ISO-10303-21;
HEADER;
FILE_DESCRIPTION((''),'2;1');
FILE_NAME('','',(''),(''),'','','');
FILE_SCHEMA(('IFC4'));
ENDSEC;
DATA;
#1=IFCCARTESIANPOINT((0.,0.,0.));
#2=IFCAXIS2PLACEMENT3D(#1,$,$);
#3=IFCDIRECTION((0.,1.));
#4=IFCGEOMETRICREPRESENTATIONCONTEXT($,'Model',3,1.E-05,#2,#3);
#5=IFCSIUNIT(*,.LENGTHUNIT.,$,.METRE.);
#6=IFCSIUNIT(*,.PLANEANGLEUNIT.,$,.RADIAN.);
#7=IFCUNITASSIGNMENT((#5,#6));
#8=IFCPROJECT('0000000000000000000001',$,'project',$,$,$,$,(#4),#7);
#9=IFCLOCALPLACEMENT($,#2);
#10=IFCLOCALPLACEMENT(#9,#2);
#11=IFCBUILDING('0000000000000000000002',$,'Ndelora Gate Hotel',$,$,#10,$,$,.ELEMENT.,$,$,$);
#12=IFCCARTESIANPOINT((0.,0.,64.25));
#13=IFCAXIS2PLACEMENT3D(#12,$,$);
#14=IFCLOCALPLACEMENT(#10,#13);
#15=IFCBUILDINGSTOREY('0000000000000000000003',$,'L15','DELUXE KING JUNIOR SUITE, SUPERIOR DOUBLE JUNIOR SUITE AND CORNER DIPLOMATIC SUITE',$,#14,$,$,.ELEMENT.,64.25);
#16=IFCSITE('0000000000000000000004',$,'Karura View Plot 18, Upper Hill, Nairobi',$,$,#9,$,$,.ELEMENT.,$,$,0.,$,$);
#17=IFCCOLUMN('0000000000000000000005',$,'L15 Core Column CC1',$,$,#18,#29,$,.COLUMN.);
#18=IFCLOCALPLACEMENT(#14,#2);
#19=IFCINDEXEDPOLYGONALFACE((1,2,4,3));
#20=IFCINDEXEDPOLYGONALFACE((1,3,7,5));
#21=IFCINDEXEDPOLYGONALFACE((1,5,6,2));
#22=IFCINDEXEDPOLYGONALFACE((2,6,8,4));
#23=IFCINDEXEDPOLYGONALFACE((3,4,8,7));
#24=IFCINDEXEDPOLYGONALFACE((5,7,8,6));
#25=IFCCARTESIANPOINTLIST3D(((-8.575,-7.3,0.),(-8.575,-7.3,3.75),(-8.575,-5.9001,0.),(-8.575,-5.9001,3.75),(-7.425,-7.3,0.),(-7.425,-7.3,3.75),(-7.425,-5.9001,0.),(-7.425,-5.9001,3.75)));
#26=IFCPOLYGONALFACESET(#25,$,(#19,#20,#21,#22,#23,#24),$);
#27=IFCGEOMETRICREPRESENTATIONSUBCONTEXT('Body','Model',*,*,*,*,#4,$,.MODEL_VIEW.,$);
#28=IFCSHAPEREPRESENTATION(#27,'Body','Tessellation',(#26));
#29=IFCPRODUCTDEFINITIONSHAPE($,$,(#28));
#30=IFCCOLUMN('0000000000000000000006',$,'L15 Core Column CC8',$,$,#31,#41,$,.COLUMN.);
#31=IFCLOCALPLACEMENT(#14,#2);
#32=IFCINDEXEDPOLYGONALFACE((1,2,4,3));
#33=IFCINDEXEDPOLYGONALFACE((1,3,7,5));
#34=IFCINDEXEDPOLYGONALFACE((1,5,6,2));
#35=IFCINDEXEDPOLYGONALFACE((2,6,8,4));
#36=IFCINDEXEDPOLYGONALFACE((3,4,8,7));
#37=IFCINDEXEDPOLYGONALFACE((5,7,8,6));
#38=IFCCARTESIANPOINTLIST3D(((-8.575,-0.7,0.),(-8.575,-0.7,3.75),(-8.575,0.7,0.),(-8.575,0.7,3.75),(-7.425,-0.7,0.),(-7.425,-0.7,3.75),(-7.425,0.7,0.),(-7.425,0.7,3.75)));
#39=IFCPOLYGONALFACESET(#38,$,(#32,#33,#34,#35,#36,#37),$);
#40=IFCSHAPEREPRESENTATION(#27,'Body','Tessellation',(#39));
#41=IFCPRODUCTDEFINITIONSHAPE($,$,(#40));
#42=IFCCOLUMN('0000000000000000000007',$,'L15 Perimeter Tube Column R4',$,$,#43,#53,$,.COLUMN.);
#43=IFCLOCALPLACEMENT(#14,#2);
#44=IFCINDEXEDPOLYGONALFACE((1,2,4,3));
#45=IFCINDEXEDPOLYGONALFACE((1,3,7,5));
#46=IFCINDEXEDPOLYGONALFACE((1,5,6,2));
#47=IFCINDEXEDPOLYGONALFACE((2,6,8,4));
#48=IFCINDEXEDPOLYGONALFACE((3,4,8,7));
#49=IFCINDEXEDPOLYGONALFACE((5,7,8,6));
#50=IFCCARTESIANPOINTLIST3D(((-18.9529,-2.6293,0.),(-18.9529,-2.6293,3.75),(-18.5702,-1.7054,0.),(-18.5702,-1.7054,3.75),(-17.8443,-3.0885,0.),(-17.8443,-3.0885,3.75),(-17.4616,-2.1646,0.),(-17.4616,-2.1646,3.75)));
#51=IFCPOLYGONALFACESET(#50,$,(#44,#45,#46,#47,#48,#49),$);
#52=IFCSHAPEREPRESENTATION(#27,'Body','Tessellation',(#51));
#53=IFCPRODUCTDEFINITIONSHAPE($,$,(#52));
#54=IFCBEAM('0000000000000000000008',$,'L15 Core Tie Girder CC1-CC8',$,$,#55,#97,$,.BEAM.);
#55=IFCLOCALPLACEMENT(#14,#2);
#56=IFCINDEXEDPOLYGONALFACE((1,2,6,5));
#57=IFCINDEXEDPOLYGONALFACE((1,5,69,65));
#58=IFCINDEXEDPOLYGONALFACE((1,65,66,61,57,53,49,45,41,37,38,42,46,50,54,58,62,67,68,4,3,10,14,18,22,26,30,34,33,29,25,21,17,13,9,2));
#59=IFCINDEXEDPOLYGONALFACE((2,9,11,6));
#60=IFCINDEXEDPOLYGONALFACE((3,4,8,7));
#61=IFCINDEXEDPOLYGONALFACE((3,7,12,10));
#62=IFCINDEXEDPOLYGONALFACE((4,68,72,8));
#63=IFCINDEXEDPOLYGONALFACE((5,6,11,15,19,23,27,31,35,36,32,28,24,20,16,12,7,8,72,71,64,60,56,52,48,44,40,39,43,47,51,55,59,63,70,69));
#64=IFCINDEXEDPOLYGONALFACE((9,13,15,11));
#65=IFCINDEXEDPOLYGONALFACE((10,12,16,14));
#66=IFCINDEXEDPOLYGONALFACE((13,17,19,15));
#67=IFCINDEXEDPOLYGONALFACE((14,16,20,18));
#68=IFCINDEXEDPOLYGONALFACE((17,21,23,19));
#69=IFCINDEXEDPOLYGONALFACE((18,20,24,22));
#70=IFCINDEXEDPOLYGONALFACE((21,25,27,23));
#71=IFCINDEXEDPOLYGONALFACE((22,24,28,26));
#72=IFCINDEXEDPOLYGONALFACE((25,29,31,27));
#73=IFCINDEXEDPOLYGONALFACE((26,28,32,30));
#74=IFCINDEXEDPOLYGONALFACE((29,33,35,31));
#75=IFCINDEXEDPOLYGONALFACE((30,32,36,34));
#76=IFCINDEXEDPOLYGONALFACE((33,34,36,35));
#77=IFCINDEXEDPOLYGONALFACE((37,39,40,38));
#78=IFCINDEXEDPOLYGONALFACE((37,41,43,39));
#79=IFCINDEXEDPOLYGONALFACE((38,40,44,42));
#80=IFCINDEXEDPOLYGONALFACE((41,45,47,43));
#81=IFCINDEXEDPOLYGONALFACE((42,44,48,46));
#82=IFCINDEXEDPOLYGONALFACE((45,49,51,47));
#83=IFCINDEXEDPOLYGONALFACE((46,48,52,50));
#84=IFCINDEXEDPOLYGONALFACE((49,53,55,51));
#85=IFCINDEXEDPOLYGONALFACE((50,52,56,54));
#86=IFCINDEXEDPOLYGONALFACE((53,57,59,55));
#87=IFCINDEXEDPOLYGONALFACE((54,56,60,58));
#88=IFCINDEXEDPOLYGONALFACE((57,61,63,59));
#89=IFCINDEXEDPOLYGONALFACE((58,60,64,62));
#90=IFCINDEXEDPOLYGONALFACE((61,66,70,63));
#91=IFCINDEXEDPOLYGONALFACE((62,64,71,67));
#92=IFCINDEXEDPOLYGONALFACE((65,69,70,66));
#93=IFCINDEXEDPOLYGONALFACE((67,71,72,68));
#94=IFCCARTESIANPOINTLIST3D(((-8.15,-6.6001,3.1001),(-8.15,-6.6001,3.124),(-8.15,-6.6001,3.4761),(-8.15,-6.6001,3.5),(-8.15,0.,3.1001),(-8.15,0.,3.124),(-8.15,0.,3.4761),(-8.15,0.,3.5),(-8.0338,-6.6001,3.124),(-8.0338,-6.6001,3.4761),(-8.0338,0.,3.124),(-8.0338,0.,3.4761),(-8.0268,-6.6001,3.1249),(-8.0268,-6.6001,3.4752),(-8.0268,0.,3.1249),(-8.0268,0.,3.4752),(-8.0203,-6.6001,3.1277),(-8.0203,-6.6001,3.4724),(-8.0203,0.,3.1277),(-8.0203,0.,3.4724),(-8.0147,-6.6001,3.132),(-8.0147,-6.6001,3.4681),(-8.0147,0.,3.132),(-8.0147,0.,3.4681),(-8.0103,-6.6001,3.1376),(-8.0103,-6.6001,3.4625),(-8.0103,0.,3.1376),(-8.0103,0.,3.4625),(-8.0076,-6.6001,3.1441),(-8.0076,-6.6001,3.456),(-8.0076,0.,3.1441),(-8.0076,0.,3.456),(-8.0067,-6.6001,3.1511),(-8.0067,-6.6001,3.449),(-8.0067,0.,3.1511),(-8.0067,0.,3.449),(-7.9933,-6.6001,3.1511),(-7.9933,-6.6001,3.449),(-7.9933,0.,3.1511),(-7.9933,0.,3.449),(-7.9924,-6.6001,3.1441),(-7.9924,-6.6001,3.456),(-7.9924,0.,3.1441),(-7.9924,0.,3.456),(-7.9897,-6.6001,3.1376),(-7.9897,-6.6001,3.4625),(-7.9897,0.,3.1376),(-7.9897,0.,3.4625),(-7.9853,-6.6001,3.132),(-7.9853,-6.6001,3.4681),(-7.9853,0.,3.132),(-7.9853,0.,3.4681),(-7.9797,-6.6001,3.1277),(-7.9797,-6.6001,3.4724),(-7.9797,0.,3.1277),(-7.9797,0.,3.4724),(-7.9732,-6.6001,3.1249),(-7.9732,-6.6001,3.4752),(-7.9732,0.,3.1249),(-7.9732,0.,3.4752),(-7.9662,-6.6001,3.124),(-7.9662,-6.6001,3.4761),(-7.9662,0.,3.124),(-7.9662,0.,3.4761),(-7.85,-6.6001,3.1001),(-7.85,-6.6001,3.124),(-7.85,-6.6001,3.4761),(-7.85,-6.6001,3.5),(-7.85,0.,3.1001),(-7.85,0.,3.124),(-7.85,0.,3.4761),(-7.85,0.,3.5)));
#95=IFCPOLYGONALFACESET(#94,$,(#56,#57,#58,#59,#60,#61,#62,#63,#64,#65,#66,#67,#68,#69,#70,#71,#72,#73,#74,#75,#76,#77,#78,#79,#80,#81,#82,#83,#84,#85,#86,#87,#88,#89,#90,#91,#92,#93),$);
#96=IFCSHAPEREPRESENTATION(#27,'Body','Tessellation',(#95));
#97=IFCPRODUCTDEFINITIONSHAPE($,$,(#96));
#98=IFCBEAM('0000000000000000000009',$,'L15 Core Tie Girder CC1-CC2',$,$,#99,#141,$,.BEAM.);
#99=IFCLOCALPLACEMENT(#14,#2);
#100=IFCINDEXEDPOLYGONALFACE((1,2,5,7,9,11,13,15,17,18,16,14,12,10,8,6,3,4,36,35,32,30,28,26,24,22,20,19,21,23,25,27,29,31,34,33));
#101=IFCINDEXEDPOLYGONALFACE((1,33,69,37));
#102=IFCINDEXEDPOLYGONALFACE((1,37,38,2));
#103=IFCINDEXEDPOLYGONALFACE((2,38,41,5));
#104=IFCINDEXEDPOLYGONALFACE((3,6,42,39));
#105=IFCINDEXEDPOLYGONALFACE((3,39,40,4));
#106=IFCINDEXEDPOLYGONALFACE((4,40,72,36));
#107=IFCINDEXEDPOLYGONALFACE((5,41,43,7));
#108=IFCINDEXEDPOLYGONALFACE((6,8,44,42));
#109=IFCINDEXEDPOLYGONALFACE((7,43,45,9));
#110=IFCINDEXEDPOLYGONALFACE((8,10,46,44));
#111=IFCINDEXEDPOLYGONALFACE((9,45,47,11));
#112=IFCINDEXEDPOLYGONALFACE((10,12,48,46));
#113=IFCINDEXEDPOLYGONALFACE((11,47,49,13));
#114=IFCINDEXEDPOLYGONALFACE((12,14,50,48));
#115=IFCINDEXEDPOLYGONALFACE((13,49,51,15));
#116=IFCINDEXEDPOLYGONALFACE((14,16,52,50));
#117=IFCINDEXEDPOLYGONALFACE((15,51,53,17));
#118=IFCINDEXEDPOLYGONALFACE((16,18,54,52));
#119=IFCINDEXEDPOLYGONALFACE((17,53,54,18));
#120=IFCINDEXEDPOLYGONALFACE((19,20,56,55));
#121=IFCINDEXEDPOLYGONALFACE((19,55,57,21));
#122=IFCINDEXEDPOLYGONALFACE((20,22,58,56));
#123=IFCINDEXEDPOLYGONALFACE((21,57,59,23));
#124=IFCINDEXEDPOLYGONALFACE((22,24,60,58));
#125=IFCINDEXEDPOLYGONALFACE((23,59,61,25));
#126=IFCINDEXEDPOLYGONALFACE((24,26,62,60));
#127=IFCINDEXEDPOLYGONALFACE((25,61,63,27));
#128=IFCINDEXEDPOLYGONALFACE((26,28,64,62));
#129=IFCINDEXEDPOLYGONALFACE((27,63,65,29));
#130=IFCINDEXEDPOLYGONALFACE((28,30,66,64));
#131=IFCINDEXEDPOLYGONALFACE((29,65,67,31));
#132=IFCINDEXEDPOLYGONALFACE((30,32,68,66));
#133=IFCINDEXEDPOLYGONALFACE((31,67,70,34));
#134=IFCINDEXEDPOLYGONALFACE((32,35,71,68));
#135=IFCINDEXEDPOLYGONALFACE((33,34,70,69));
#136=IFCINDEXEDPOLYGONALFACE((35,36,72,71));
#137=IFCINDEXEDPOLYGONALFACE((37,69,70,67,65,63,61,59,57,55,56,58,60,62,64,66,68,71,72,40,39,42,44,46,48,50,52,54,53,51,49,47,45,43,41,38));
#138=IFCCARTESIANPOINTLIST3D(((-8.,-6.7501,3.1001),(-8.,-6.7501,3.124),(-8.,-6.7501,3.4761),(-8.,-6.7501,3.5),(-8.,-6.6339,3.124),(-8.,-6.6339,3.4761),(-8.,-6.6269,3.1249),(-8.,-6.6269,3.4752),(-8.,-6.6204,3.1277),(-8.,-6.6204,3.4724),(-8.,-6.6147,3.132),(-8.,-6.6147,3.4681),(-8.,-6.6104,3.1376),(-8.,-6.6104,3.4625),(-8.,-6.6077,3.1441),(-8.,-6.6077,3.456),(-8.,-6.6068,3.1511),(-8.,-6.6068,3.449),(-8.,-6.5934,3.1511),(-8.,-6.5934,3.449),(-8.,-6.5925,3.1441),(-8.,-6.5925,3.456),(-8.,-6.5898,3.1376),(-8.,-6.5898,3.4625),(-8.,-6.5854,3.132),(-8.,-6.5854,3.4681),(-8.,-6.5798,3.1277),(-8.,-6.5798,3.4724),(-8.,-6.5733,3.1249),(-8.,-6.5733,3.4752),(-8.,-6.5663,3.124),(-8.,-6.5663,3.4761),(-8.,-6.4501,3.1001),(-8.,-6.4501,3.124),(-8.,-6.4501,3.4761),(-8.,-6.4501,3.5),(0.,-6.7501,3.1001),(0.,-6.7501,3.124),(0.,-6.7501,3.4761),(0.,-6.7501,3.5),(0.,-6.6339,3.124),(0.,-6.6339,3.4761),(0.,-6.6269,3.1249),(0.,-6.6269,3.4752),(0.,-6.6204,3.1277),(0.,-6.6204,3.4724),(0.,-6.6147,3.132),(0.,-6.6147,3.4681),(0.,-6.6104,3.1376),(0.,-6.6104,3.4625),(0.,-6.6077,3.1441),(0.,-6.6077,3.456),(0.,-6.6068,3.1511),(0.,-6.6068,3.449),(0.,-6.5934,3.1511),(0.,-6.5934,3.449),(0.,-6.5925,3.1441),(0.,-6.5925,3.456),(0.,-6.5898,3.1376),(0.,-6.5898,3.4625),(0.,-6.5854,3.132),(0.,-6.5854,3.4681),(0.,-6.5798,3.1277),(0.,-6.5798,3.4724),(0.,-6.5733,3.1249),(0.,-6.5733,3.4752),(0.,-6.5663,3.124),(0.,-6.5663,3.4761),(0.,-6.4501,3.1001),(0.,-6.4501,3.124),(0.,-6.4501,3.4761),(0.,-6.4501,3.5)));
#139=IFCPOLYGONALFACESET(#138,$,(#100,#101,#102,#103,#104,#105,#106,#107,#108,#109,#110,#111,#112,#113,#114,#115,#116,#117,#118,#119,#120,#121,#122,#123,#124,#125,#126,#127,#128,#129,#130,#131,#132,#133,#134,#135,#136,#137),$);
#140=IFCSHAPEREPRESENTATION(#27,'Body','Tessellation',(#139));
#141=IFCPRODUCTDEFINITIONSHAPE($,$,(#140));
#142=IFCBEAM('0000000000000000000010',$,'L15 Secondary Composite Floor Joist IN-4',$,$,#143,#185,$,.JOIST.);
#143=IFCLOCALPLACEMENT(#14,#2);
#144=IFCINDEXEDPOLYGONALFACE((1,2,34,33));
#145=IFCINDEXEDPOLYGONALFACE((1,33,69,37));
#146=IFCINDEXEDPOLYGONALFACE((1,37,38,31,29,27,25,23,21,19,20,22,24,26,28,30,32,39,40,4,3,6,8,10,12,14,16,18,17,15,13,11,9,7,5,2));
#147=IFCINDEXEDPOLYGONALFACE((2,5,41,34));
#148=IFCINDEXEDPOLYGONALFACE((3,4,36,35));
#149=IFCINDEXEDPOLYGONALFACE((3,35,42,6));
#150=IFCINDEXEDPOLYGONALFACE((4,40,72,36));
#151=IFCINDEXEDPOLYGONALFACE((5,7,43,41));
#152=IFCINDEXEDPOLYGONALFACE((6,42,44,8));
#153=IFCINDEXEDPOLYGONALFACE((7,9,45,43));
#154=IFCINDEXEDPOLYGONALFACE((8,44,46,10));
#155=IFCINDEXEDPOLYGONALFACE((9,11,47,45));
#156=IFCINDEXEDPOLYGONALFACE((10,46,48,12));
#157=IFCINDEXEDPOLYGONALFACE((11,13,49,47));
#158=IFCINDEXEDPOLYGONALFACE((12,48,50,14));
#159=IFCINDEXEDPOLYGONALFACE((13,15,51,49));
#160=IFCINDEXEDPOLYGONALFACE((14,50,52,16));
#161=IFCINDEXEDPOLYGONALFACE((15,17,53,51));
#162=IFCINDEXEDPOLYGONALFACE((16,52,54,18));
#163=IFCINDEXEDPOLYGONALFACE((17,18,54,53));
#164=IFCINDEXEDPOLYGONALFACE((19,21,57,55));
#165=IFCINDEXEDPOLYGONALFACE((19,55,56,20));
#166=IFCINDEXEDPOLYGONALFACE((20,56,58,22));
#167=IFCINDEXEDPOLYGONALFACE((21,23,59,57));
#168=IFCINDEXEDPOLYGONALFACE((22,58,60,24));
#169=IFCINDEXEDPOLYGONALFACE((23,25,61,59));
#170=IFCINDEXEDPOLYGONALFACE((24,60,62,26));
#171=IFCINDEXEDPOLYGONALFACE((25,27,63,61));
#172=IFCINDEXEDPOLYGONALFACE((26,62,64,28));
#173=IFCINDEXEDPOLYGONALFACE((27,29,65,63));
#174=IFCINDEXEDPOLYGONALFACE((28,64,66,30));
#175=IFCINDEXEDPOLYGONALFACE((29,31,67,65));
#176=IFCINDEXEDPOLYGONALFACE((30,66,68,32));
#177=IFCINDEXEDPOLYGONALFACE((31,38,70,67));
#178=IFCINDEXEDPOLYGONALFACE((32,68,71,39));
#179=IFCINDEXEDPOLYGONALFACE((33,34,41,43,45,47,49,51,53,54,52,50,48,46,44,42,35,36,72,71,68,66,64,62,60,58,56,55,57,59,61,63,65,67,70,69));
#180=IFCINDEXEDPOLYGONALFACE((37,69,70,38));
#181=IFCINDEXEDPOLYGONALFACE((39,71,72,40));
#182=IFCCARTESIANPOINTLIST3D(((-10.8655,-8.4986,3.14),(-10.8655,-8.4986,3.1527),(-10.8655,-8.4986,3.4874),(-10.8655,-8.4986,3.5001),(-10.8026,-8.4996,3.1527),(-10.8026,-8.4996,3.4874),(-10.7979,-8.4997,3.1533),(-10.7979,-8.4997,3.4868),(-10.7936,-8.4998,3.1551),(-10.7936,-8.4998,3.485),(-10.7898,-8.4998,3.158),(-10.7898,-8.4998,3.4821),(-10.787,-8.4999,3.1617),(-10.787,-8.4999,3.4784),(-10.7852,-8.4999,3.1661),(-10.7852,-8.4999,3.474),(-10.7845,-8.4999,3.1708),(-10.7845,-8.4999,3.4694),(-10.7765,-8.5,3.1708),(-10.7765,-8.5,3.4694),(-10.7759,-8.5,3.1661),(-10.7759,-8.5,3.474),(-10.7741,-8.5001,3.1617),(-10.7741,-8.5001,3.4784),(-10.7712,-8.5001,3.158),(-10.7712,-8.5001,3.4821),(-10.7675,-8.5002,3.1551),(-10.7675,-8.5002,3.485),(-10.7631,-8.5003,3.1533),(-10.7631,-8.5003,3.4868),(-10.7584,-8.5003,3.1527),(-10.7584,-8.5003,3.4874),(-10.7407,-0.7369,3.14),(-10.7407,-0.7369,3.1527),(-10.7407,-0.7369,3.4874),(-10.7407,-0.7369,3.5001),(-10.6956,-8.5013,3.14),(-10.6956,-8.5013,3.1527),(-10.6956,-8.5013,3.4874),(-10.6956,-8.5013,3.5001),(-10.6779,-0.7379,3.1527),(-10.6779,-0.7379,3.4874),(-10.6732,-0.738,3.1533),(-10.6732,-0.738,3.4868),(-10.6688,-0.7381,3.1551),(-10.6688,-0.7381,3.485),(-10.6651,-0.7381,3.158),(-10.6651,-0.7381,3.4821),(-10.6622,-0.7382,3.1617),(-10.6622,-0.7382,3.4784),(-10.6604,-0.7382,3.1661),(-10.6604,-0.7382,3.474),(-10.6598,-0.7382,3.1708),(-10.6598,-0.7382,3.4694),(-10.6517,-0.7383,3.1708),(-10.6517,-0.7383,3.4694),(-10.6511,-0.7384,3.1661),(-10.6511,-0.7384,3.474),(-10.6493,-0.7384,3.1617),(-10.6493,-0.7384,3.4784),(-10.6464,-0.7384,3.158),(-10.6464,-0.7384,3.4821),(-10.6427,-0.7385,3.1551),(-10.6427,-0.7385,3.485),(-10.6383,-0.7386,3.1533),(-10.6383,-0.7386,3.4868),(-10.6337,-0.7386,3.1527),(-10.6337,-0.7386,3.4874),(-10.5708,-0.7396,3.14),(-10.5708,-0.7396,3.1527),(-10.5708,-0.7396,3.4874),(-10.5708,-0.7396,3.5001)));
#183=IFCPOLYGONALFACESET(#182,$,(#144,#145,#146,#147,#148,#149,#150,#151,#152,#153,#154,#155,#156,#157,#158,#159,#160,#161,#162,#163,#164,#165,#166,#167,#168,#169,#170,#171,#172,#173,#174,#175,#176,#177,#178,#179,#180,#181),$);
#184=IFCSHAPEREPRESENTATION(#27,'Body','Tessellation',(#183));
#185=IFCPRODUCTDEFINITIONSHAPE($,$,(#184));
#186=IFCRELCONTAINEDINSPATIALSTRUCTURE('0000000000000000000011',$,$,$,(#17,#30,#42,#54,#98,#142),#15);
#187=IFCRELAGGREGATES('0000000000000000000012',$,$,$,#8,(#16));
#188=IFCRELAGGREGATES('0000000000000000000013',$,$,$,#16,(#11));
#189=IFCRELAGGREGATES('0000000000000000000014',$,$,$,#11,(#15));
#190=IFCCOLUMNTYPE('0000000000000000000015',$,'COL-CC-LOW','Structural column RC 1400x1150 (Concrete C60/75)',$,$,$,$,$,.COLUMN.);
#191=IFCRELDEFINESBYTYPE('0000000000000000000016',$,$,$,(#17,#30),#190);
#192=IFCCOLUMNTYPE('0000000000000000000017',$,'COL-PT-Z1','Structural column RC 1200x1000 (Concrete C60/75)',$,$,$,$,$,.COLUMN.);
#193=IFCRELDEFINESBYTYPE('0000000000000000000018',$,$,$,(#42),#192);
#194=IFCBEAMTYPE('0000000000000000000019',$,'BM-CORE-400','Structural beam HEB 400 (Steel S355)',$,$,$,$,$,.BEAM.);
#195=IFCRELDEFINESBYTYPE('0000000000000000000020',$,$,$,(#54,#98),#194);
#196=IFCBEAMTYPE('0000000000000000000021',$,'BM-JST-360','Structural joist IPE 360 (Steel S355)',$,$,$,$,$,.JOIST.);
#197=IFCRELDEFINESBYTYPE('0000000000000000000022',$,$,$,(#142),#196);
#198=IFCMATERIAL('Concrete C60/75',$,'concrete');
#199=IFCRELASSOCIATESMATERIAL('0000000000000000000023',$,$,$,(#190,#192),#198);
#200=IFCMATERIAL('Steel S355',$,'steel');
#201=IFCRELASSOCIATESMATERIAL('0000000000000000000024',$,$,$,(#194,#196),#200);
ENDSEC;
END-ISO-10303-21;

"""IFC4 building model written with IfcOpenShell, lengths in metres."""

from ifc_helpers import new_model, si_unit, direction, frame, origin, origin_2d, place, context, subcontext, project, spatial, rectangle, i_section, extrude, material, material_profile, profile_set, type_object, element, save


model = new_model("IFC4")

# Units and contexts
model_context = context("Model", 3, precision=1e-05, world=origin(), true_north=direction((0.0, 1.0)))
body_context = subcontext(model_context, "Body", "Model", "MODEL_VIEW")
ifc_project = project(units=[si_unit("LENGTHUNIT", "METRE"), si_unit("PLANEANGLEUNIT", "RADIAN")], contexts=[model_context])

# Site, building, storey
site_placement = place(None, origin())
site = spatial("IfcSite", under=ifc_project, at=site_placement, Name="Karura View Plot 18, Upper Hill, Nairobi", CompositionType="ELEMENT", RefElevation=0.0)
building_placement = place(site_placement, origin())
building = spatial("IfcBuilding", under=site, at=building_placement, Name="Ndelora Gate Hotel", CompositionType="ELEMENT")
storey_placement = place(building_placement, frame((0.0, 0.0, 64.25)))
storey = spatial("IfcBuildingStorey", under=building, at=storey_placement, Name="L15", Description="DELUXE KING JUNIOR SUITE, SUPERIOR DOUBLE JUNIOR SUITE AND CORNER DIPLOMATIC SUITE", CompositionType="ELEMENT", Elevation=64.25)

# Columns
ifc_material_1 = material(Name="Concrete C60/75", Category="concrete")
ifc_material_profile_1 = material_profile(ifc_material_1, rectangle(XDim=1.1499, YDim=1.3999, at=origin_2d()), Name="RC 1400x1150")
ifc_profile_set_1 = profile_set([ifc_material_profile_1], Name="Concrete C60/75")
column_type_1 = type_object("IfcColumnType", Name="COL-CC-LOW", Description="Structural column RC 1400x1150 (Concrete C60/75)", PredefinedType="COLUMN", material=ifc_profile_set_1)
for number, where, z_axis, x_axis, name in (
    (1, (-8.0, -6.6001, 0.0), (0.0, 0.0, 1.0), (1.0, 0.0, 0.0), "L15 Core Column CC1"),
    (2, (-8.0, 0.0, 0.0), (0.0, 0.0, 1.0), (1.0, 0.0, 0.0), "L15 Core Column CC8"),
):
    element("IfcColumn", number, at=place(storey_placement, frame(where, z_axis=z_axis, x_axis=x_axis)), inside=storey, type_object=column_type_1, Name=name, PredefinedType="COLUMN", context=body_context, shape_type="SweptSolid", body=[
        extrude(rectangle(XDim=1.1499, YDim=1.3999, at=origin_2d()), origin(), (0.0, 0.0, 1.0), 3.75),
    ])
ifc_material_profile_2 = material_profile(ifc_material_1, rectangle(XDim=1.0, YDim=1.2, at=origin_2d()), Name="RC 1200x1000")
ifc_profile_set_2 = profile_set([ifc_material_profile_2], Name="Concrete C60/75")
column_type_2 = type_object("IfcColumnType", Name="COL-PT-Z1", Description="Structural column RC 1200x1000 (Concrete C60/75)", PredefinedType="COLUMN", material=ifc_profile_set_2)
column_placement = place(storey_placement, frame((-18.2073, -2.397, 0.0), z_axis=(0.0, 0.0, 1.0), x_axis=(0.382683, 0.92388, 0.0)))
element("IfcColumn", 3, at=column_placement, inside=storey, type_object=column_type_2, Name="L15 Perimeter Tube Column R4", PredefinedType="COLUMN", context=body_context, shape_type="SweptSolid", body=[
    extrude(rectangle(XDim=1.0, YDim=1.2, at=origin_2d()), origin(), (0.0, 0.0, 1.0), 3.75),
])

# Beams
ifc_material_2 = material(Name="Steel S355", Category="steel")
ifc_material_profile_3 = material_profile(ifc_material_2, i_section(OverallWidth=0.3, OverallDepth=0.3999, WebThickness=0.0134, FlangeThickness=0.0239, FilletRadius=0.0271, at=origin_2d()), Name="HEB 400")
ifc_profile_set_3 = profile_set([ifc_material_profile_3], Name="Steel S355")
beam_type_1 = type_object("IfcBeamType", Name="BM-CORE-400", Description="Structural beam HEB 400 (Steel S355)", PredefinedType="BEAM", material=ifc_profile_set_3)
beam_1_placement = place(storey_placement, frame((-8.0, -6.6001, 3.3), z_axis=(0.0, 1.0, 0.0), x_axis=(-1.0, 0.0, 0.0)))
element("IfcBeam", 4, at=beam_1_placement, inside=storey, type_object=beam_type_1, Name="L15 Core Tie Girder CC1-CC8", PredefinedType="BEAM", context=body_context, shape_type="SweptSolid", body=[
    extrude(i_section(OverallWidth=0.3, OverallDepth=0.3999, WebThickness=0.0134, FlangeThickness=0.0239, FilletRadius=0.0271, at=origin_2d()), origin(), (0.0, 0.0, 1.0), 6.6001),
])
beam_2_placement = place(storey_placement, frame((-8.0, -6.6001, 3.3), z_axis=(1.0, 0.0, 0.0), x_axis=(0.0, 1.0, 0.0)))
element("IfcBeam", 5, at=beam_2_placement, inside=storey, type_object=beam_type_1, Name="L15 Core Tie Girder CC1-CC2", PredefinedType="BEAM", context=body_context, shape_type="SweptSolid", body=[
    extrude(i_section(OverallWidth=0.3, OverallDepth=0.3999, WebThickness=0.0134, FlangeThickness=0.0239, FilletRadius=0.0271, at=origin_2d()), origin(), (0.0, 0.0, 1.0), 8.0),
])
ifc_material_profile_4 = material_profile(ifc_material_2, i_section(OverallWidth=0.1699, OverallDepth=0.3601, WebThickness=0.0081, FlangeThickness=0.0127, FilletRadius=0.0181, at=origin_2d()), Name="IPE 360")
ifc_profile_set_4 = profile_set([ifc_material_profile_4], Name="Steel S355")
beam_type_2 = type_object("IfcBeamType", Name="BM-JST-360", Description="Structural joist IPE 360 (Steel S355)", PredefinedType="JOIST", material=ifc_profile_set_4)
beam_3_placement = place(storey_placement, frame((-10.6558, -0.7383, 3.3201), z_axis=(-0.016071, -0.999871, 0.0), x_axis=(0.999871, -0.016071, 0.0)))
element("IfcBeam", 6, at=beam_3_placement, inside=storey, type_object=beam_type_2, Name="L15 Secondary Composite Floor Joist IN-4", PredefinedType="JOIST", context=body_context, shape_type="SweptSolid", body=[
    extrude(i_section(OverallWidth=0.1699, OverallDepth=0.3601, WebThickness=0.0081, FlangeThickness=0.0127, FilletRadius=0.0181, at=origin_2d()), origin(), (0.0, 0.0, 1.0), 7.7627),
])

save(model, "model.ifc")
